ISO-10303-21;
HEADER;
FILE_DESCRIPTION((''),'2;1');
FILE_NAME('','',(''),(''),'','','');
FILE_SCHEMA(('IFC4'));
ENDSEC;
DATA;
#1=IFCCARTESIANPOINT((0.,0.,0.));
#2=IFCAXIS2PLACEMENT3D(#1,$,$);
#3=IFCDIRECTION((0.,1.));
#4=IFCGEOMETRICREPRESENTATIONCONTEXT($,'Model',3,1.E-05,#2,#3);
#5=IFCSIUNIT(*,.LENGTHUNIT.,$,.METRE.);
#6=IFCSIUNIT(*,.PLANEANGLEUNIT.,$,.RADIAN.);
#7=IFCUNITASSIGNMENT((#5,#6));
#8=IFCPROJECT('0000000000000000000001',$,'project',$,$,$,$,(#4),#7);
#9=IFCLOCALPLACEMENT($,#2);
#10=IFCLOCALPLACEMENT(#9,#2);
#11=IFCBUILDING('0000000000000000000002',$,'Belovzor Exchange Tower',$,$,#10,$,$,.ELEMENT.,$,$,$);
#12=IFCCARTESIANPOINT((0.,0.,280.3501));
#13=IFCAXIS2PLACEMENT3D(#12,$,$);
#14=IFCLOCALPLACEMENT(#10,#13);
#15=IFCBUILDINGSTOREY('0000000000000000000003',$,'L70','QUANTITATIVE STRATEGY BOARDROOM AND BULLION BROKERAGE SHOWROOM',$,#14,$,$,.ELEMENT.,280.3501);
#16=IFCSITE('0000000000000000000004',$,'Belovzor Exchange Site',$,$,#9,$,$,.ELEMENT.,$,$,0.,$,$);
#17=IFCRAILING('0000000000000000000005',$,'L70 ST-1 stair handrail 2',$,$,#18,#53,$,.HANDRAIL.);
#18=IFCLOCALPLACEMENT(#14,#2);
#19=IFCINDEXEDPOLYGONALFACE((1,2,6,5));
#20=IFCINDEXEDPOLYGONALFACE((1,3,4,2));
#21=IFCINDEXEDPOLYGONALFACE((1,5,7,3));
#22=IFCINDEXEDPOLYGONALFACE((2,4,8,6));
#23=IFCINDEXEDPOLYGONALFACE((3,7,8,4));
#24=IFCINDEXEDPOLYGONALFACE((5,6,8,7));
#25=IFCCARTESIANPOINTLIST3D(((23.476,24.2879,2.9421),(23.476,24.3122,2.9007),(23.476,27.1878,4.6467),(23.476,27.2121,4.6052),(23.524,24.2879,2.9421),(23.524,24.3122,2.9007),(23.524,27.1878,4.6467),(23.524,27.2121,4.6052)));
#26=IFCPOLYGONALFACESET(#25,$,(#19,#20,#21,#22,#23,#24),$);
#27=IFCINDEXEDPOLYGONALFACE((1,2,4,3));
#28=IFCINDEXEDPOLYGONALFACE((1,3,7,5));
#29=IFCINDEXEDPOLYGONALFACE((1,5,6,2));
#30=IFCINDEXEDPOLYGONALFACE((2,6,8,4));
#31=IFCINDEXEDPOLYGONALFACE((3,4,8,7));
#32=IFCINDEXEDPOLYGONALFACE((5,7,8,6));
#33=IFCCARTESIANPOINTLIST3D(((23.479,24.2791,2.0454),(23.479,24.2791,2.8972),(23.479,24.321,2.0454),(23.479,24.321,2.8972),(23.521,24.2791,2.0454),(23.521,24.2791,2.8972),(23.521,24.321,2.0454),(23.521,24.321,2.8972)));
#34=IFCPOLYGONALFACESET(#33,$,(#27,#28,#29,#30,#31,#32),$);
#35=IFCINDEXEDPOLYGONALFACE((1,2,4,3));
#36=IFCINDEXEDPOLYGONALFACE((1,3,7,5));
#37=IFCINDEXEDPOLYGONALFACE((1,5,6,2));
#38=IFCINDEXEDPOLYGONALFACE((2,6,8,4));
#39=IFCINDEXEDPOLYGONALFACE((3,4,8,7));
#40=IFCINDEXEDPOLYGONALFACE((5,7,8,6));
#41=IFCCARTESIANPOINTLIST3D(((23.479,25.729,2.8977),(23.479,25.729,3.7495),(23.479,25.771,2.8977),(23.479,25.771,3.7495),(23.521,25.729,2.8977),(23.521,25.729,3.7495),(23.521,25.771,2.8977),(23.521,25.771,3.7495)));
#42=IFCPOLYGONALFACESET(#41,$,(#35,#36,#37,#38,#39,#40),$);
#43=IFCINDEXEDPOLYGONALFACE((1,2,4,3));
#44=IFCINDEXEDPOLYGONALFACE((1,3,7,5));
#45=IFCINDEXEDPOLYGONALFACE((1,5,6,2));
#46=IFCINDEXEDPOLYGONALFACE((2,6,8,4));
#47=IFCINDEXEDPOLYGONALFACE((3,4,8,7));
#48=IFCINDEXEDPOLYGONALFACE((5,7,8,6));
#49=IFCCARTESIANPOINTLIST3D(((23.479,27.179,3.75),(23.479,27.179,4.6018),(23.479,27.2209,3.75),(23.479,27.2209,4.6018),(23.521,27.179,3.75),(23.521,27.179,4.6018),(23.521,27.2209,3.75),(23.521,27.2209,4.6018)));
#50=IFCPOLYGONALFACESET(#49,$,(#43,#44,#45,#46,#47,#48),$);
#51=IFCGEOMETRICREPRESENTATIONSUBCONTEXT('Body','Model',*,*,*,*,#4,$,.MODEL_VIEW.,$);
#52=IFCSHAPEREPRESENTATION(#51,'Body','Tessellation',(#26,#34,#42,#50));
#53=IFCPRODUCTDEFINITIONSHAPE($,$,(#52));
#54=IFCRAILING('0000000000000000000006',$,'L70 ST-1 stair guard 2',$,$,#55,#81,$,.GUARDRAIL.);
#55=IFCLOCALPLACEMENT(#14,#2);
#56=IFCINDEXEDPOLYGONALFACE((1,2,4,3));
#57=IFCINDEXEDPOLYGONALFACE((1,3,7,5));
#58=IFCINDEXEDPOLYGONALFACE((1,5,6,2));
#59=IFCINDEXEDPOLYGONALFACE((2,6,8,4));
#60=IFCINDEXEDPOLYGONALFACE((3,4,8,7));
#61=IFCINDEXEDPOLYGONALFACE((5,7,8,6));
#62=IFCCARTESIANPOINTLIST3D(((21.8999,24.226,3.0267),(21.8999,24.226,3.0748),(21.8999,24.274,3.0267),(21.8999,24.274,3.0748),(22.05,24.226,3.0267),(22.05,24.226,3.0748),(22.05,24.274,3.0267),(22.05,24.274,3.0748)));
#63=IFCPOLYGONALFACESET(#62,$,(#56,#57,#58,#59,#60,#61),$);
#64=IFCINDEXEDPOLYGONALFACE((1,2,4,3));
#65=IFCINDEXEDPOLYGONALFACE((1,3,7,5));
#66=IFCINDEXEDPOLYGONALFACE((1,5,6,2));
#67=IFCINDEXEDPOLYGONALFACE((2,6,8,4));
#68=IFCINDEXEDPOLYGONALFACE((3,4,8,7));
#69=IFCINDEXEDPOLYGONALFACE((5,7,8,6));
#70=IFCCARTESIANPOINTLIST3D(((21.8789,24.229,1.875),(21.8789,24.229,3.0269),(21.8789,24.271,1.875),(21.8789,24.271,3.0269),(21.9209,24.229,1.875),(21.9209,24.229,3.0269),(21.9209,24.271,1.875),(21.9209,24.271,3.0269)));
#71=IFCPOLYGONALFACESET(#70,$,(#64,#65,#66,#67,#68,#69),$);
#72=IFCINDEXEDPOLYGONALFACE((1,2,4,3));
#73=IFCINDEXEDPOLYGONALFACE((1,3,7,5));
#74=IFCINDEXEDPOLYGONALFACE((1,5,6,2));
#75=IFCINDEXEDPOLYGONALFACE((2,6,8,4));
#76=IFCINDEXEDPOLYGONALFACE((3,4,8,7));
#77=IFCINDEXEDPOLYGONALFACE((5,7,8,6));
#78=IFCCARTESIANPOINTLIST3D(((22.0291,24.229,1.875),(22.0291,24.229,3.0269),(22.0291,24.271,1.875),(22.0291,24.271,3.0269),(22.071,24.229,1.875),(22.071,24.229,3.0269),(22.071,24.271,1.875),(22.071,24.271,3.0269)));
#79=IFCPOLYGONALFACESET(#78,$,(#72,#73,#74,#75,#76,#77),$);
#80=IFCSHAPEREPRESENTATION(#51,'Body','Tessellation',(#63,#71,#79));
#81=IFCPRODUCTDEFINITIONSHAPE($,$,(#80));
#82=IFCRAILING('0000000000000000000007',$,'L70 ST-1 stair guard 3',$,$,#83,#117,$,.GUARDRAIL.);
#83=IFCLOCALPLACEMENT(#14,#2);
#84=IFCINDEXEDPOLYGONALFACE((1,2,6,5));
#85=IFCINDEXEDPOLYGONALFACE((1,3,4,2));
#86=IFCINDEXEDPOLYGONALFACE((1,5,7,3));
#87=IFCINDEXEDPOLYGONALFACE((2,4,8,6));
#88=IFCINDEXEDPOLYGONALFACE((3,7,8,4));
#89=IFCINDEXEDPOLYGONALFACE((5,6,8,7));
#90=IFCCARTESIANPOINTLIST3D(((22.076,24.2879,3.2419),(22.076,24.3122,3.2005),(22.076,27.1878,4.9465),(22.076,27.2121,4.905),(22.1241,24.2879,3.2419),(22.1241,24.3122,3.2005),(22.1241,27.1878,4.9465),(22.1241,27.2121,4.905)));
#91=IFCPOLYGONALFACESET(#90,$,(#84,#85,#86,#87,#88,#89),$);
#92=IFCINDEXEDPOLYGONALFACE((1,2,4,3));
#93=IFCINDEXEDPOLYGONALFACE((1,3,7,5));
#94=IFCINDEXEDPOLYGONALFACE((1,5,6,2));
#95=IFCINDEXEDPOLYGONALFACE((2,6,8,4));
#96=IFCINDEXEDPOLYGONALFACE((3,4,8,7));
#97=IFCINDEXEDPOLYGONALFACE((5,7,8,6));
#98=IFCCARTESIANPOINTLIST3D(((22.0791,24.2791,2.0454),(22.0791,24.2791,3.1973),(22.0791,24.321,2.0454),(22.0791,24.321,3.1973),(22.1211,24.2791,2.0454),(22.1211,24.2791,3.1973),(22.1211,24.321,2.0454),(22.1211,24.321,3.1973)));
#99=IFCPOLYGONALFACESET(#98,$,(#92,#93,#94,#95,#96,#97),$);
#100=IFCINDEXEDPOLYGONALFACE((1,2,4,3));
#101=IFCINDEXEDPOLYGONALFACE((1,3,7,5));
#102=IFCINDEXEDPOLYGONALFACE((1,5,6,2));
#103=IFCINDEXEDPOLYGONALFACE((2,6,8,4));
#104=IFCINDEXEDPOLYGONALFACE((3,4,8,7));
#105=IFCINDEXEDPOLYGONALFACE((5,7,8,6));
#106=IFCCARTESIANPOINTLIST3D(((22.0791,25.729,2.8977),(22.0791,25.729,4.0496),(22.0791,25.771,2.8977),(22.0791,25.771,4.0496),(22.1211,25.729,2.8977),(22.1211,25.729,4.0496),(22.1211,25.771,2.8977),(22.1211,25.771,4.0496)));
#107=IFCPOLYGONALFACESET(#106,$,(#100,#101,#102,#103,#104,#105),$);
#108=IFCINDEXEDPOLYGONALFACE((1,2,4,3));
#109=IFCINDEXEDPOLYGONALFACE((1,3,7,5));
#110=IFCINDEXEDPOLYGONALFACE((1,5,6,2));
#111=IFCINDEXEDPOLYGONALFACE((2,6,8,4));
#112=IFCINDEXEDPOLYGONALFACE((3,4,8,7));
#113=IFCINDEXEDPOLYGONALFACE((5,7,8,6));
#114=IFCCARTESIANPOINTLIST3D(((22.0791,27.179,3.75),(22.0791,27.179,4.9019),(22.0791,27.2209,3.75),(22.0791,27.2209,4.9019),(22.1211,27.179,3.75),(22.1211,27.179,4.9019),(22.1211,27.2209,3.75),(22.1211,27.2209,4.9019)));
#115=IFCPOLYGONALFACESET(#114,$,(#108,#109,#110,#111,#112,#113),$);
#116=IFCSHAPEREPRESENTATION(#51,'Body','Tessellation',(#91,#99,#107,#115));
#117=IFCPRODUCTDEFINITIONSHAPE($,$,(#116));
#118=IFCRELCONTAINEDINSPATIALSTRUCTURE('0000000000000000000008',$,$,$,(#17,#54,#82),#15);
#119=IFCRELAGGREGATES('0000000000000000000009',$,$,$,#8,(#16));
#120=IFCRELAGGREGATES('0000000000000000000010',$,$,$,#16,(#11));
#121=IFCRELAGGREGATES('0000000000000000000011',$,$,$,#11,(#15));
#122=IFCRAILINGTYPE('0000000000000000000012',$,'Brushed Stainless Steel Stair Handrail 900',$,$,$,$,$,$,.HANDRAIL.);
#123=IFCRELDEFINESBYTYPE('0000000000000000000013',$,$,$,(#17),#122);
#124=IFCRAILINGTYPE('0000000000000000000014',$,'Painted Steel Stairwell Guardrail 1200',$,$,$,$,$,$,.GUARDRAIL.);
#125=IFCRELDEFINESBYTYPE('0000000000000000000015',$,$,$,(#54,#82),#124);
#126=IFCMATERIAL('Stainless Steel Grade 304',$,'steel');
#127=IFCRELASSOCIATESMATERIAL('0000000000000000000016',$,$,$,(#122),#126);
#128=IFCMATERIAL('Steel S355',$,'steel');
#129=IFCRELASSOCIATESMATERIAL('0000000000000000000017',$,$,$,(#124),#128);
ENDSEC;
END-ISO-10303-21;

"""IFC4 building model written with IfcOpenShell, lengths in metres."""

from ifc_helpers import new_model, si_unit, direction, frame, origin, origin_2d, place, context, subcontext, project, spatial, rectangle, extrude, material, type_object, element, save


model = new_model("IFC4")

# Units and contexts
model_context = context("Model", 3, precision=1e-05, world=origin(), true_north=direction((0.0, 1.0)))
body_context = subcontext(model_context, "Body", "Model", "MODEL_VIEW")
ifc_project = project(units=[si_unit("LENGTHUNIT", "METRE"), si_unit("PLANEANGLEUNIT", "RADIAN")], contexts=[model_context])

# Site, building, storey
site_placement = place(None, origin())
site = spatial("IfcSite", under=ifc_project, at=site_placement, Name="Belovzor Exchange Site", CompositionType="ELEMENT", RefElevation=0.0)
building_placement = place(site_placement, origin())
building = spatial("IfcBuilding", under=site, at=building_placement, Name="Belovzor Exchange Tower", CompositionType="ELEMENT")
storey_placement = place(building_placement, frame((0.0, 0.0, 280.3501)))
storey = spatial("IfcBuildingStorey", under=building, at=storey_placement, Name="L70", Description="QUANTITATIVE STRATEGY BOARDROOM AND BULLION BROKERAGE SHOWROOM", CompositionType="ELEMENT", Elevation=280.3501)

# Railings
ifc_material_1 = material(Name="Stainless Steel Grade 304", Category="steel")
railing_type_1 = type_object("IfcRailingType", Name="Brushed Stainless Steel Stair Handrail 900", PredefinedType="HANDRAIL", material=ifc_material_1)
railing_1_placement = place(storey_placement, frame((23.5, 24.3, 2.0454)))
element("IfcRailing", 1, at=railing_1_placement, inside=storey, type_object=railing_type_1, Name="L70 ST-1 stair handrail 2", PredefinedType="HANDRAIL", context=body_context, shape_type="SweptSolid", body=[
    extrude(rectangle(XDim=0.0481, YDim=0.0481, at=origin_2d()), frame((0.0, 0.0, 0.876), z_axis=(0.0, 0.862095, 0.506747), x_axis=(-1.0, 0.0, 0.0)), (0.0, 0.0, 1.0), 3.3638),
    extrude(rectangle(XDim=0.042, YDim=0.042, at=origin_2d()), origin(), (0.0, 0.0, 1.0), 0.8518),
    extrude(rectangle(XDim=0.042, YDim=0.042, at=origin_2d()), frame((0.0, 1.45, 0.8523)), (0.0, 0.0, 1.0), 0.8518),
    extrude(rectangle(XDim=0.042, YDim=0.042, at=origin_2d()), frame((0.0, 2.8999, 1.7046)), (0.0, 0.0, 1.0), 0.8518),
])
ifc_material_2 = material(Name="Steel S355", Category="steel")
railing_type_2 = type_object("IfcRailingType", Name="Painted Steel Stairwell Guardrail 1200", PredefinedType="GUARDRAIL", material=ifc_material_2)
railing_2_placement = place(storey_placement, frame((21.8999, 24.25, 1.875)))
element("IfcRailing", 2, at=railing_2_placement, inside=storey, type_object=railing_type_2, Name="L70 ST-1 stair guard 2", PredefinedType="GUARDRAIL", context=body_context, shape_type="SweptSolid", body=[
    extrude(rectangle(XDim=0.0481, YDim=0.0481, at=origin_2d()), frame((0.0, 0.0, 1.1758), z_axis=(1.0, 0.0, 0.0), x_axis=(0.0, 1.0, 0.0)), (0.0, 0.0, 1.0), 0.1501),
    extrude(rectangle(XDim=0.042, YDim=0.042, at=origin_2d()), origin(), (0.0, 0.0, 1.0), 1.1519),
    extrude(rectangle(XDim=0.042, YDim=0.042, at=origin_2d()), frame((0.1501, 0.0, 0.0)), (0.0, 0.0, 1.0), 1.1519),
])
railing_3_placement = place(storey_placement, frame((22.1001, 24.3, 2.0454)))
element("IfcRailing", 3, at=railing_3_placement, inside=storey, type_object=railing_type_2, Name="L70 ST-1 stair guard 3", PredefinedType="GUARDRAIL", context=body_context, shape_type="SweptSolid", body=[
    extrude(rectangle(XDim=0.0481, YDim=0.0481, at=origin_2d()), frame((0.0, 0.0, 1.1758), z_axis=(0.0, 0.862095, 0.506747), x_axis=(-1.0, 0.0, 0.0)), (0.0, 0.0, 1.0), 3.3638),
    extrude(rectangle(XDim=0.042, YDim=0.042, at=origin_2d()), origin(), (0.0, 0.0, 1.0), 1.1519),
    extrude(rectangle(XDim=0.042, YDim=0.042, at=origin_2d()), frame((0.0, 1.45, 0.8523)), (0.0, 0.0, 1.0), 1.1519),
    extrude(rectangle(XDim=0.042, YDim=0.042, at=origin_2d()), frame((0.0, 2.8999, 1.7046)), (0.0, 0.0, 1.0), 1.1519),
])

save(model, "model.ifc")
